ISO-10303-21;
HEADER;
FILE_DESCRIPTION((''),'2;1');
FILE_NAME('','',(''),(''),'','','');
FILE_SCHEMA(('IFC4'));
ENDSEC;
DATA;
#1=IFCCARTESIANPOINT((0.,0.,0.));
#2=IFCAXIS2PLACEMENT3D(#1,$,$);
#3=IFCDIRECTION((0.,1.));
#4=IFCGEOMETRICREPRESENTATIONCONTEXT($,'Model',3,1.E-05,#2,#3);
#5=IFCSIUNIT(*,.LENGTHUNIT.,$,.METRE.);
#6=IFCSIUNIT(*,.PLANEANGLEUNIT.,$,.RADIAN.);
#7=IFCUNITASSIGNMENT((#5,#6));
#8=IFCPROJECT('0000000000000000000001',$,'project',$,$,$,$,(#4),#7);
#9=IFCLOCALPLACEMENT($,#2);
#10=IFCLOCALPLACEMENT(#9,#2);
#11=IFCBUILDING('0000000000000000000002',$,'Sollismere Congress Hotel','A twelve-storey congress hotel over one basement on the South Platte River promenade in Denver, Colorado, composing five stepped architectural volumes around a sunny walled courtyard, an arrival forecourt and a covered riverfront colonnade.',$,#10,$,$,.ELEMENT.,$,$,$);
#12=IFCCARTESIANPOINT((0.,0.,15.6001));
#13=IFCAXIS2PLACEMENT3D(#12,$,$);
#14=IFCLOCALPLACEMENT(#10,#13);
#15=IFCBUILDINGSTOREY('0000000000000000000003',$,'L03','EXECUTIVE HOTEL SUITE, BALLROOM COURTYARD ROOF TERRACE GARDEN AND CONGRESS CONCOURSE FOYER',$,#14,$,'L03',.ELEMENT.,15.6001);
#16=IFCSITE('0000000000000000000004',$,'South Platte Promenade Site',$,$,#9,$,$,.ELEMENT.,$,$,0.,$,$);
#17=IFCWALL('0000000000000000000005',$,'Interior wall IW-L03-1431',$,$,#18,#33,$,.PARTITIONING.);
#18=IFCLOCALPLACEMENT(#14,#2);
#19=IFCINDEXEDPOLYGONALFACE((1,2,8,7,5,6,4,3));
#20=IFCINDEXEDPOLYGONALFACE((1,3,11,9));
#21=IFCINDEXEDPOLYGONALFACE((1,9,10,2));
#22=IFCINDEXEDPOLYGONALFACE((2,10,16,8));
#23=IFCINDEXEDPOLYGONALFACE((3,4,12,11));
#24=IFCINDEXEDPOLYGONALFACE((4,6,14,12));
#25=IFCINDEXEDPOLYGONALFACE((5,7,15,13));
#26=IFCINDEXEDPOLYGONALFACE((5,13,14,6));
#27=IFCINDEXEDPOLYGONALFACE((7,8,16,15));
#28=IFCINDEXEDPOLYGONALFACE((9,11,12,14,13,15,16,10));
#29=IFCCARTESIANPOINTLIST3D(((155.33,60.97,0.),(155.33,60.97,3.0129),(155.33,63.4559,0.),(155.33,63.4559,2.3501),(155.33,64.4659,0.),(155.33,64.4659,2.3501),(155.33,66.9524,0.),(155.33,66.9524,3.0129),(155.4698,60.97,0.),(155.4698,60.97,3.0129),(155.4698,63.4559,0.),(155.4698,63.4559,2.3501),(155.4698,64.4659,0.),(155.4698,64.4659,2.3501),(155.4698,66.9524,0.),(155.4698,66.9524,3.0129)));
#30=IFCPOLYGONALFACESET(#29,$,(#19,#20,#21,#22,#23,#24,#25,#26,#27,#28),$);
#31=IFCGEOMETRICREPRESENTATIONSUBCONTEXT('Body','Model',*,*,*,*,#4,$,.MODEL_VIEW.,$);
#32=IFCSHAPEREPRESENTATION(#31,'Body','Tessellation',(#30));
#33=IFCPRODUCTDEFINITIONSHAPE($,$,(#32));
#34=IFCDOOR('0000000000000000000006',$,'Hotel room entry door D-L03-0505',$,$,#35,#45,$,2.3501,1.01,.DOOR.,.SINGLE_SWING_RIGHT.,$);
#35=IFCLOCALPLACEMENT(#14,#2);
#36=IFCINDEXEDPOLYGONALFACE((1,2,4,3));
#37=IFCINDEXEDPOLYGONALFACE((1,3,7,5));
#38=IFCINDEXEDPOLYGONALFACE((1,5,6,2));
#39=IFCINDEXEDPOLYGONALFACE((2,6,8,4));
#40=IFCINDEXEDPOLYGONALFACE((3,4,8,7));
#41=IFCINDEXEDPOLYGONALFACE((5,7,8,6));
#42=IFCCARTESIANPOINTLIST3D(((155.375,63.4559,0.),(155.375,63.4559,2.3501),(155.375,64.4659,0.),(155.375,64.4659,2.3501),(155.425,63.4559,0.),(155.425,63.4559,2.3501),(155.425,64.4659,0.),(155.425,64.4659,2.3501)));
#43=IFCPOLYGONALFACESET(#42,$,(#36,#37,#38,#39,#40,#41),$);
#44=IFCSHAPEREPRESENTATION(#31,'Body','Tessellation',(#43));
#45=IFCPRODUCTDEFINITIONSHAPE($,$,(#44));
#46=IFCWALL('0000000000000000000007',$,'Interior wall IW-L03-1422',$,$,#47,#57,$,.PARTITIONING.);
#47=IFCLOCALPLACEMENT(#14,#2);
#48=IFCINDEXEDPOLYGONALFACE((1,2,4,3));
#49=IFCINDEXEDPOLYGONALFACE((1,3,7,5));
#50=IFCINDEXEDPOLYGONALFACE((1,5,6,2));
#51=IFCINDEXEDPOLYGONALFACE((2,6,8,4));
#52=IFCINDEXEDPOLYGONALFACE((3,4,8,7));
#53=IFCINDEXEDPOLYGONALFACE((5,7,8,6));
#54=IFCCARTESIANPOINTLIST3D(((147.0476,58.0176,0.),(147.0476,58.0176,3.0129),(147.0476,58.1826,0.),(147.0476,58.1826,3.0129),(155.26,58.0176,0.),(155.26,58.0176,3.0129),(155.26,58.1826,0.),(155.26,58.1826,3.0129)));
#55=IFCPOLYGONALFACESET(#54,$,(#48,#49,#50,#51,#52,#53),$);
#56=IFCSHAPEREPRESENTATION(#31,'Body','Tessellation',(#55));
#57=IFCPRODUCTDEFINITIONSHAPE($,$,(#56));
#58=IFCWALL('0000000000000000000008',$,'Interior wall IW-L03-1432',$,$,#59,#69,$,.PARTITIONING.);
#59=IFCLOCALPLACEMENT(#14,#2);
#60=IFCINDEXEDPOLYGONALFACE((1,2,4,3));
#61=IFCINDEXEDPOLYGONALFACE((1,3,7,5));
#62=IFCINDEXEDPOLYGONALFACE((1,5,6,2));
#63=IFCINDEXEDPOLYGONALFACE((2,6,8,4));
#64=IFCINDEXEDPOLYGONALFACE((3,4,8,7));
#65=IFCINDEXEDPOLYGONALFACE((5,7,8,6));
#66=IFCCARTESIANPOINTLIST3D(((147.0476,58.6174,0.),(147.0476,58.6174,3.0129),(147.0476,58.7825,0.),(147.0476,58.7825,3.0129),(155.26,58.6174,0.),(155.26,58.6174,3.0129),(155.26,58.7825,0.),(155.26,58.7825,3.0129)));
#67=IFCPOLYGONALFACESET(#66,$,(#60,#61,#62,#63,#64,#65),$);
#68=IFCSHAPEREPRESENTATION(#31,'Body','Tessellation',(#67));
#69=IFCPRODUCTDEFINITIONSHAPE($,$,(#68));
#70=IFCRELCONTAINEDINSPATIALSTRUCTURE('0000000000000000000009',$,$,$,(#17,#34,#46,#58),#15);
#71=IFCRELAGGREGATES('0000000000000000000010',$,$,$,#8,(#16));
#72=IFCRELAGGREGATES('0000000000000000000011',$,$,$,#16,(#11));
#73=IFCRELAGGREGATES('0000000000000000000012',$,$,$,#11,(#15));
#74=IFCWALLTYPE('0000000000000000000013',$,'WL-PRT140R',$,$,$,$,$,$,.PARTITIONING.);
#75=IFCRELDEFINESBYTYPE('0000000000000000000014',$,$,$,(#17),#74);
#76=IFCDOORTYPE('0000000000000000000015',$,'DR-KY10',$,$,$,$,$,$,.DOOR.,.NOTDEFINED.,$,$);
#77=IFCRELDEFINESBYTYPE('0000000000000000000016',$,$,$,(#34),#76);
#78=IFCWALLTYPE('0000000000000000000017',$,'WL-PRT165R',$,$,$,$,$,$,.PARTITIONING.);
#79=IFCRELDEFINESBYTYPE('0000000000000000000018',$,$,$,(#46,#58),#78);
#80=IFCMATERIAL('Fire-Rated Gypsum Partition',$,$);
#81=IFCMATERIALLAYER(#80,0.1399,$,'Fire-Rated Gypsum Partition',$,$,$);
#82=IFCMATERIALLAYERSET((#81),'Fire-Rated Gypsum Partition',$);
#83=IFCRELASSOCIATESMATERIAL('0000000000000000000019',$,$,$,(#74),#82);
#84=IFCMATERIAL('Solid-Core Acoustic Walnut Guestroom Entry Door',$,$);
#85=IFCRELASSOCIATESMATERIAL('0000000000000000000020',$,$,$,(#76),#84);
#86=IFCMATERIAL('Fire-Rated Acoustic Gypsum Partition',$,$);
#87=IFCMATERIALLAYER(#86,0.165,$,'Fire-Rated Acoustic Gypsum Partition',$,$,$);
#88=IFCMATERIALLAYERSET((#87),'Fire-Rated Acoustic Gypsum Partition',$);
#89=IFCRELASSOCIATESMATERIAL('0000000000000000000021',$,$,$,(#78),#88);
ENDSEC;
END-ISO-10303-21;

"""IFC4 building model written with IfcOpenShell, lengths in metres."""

from ifc_helpers import new_model, si_unit, direction, frame, frame_2d, origin, place, context, subcontext, project, spatial, rectangle, extrude, material, layer, layer_set, type_object, element, fill, save


model = new_model("IFC4")

# Units and contexts
model_context = context("Model", 3, precision=1e-05, world=origin(), true_north=direction((0.0, 1.0)))
body_context = subcontext(model_context, "Body", "Model", "MODEL_VIEW")
ifc_project = project(units=[si_unit("LENGTHUNIT", "METRE"), si_unit("PLANEANGLEUNIT", "RADIAN")], contexts=[model_context])

# Site, building, storey
site_placement = place(None, origin())
site = spatial("IfcSite", under=ifc_project, at=site_placement, Name="South Platte Promenade Site", CompositionType="ELEMENT", RefElevation=0.0)
building_placement = place(site_placement, origin())
building = spatial("IfcBuilding", under=site, at=building_placement, Name="Sollismere Congress Hotel", Description="A twelve-storey congress hotel over one basement on the South Platte River promenade in Denver, Colorado, composing five stepped architectural volumes around a sunny walled courtyard, an arrival forecourt and a covered riverfront colonnade.", CompositionType="ELEMENT")
storey_placement = place(building_placement, frame((0.0, 0.0, 15.6001)))
storey = spatial("IfcBuildingStorey", under=building, at=storey_placement, Name="L03", Description="EXECUTIVE HOTEL SUITE, BALLROOM COURTYARD ROOF TERRACE GARDEN AND CONGRESS CONCOURSE FOYER", LongName="L03", CompositionType="ELEMENT", Elevation=15.6001)

# Shared definitions
ifc_material_1 = material(Name="Fire-Rated Gypsum Partition")
ifc_layer_1 = layer(ifc_material_1, 0.1399, Name="Fire-Rated Gypsum Partition")
ifc_layer_set_1 = layer_set([ifc_layer_1], Name="Fire-Rated Gypsum Partition")
wall_type_1 = type_object("IfcWallType", Name="WL-PRT140R", PredefinedType="PARTITIONING", material=ifc_layer_set_1)

# Wall, opening, door
wall_1_placement = place(storey_placement, frame((155.3999, 60.97, 0.0), z_axis=(0.0, 0.0, 1.0), x_axis=(0.0, 1.0, 0.0)))
wall_1 = element("IfcWall", 1, at=wall_1_placement, inside=storey, type_object=wall_type_1, Name="Interior wall IW-L03-1431", PredefinedType="PARTITIONING", context=body_context, shape_type="SweptSolid", body=[
    extrude(rectangle(XDim=5.9824, YDim=0.1399, at=frame_2d((2.9912, 0.0))), origin(), (0.0, 0.0, 1.0), 3.0129),
])
opening_1_placement = place(wall_1_placement, frame((2.4861, 0.0, 0.0)))
opening_1 = element("IfcOpeningElement", 2, at=opening_1_placement, cuts=wall_1, PredefinedType="OPENING", context=body_context, shape_type="SweptSolid", body=[
    extrude(rectangle(XDim=1.01, YDim=2.3501, at=frame_2d((0.5049, 1.175))), frame((0.0, 0.0798, 0.0), z_axis=(0.0, -1.0, 0.0), x_axis=(1.0, 0.0, 0.0)), (0.0, 0.0, 1.0), 0.1599),
])
ifc_material_2 = material(Name="Solid-Core Acoustic Walnut Guestroom Entry Door")
door_type_1 = type_object("IfcDoorType", Name="DR-KY10", OperationType="NOTDEFINED", PredefinedType="DOOR", material=ifc_material_2)
door_1_placement = place(opening_1_placement, origin())
door_1 = element("IfcDoor", 3, at=door_1_placement, inside=storey, type_object=door_type_1, Name="Hotel room entry door D-L03-0505", OperationType="SINGLE_SWING_RIGHT", OverallHeight=2.3501, OverallWidth=1.01, PredefinedType="DOOR", context=body_context, shape_type="SweptSolid", body=[
    extrude(rectangle(XDim=1.01, YDim=2.3501, at=frame_2d((0.5049, 1.175))), frame((0.0, 0.0249, 0.0), z_axis=(0.0, -1.0, 0.0), x_axis=(1.0, 0.0, 0.0)), (0.0, 0.0, 1.0), 0.05),
])
fill(opening_1, door_1)

# Walls
ifc_material_3 = material(Name="Fire-Rated Acoustic Gypsum Partition")
ifc_layer_2 = layer(ifc_material_3, 0.165, Name="Fire-Rated Acoustic Gypsum Partition")
ifc_layer_set_2 = layer_set([ifc_layer_2], Name="Fire-Rated Acoustic Gypsum Partition")
wall_type_2 = type_object("IfcWallType", Name="WL-PRT165R", PredefinedType="PARTITIONING", material=ifc_layer_set_2)
for number, where, z_axis, x_axis, name in (
    (4, (147.0476, 58.1001, 0.0), (0.0, 0.0, 1.0), (1.0, 0.0, 0.0), "Interior wall IW-L03-1422"),
    (5, (147.0476, 58.7, 0.0), (0.0, 0.0, 1.0), (1.0, 0.0, 0.0), "Interior wall IW-L03-1432"),
):
    element("IfcWall", number, at=place(storey_placement, frame(where, z_axis=z_axis, x_axis=x_axis)), inside=storey, type_object=wall_type_2, Name=name, PredefinedType="PARTITIONING", context=body_context, shape_type="SweptSolid", body=[
        extrude(rectangle(XDim=8.2124, YDim=0.165, at=frame_2d((4.1062, 0.0))), origin(), (0.0, 0.0, 1.0), 3.0129),
    ])

save(model, "model.ifc")
